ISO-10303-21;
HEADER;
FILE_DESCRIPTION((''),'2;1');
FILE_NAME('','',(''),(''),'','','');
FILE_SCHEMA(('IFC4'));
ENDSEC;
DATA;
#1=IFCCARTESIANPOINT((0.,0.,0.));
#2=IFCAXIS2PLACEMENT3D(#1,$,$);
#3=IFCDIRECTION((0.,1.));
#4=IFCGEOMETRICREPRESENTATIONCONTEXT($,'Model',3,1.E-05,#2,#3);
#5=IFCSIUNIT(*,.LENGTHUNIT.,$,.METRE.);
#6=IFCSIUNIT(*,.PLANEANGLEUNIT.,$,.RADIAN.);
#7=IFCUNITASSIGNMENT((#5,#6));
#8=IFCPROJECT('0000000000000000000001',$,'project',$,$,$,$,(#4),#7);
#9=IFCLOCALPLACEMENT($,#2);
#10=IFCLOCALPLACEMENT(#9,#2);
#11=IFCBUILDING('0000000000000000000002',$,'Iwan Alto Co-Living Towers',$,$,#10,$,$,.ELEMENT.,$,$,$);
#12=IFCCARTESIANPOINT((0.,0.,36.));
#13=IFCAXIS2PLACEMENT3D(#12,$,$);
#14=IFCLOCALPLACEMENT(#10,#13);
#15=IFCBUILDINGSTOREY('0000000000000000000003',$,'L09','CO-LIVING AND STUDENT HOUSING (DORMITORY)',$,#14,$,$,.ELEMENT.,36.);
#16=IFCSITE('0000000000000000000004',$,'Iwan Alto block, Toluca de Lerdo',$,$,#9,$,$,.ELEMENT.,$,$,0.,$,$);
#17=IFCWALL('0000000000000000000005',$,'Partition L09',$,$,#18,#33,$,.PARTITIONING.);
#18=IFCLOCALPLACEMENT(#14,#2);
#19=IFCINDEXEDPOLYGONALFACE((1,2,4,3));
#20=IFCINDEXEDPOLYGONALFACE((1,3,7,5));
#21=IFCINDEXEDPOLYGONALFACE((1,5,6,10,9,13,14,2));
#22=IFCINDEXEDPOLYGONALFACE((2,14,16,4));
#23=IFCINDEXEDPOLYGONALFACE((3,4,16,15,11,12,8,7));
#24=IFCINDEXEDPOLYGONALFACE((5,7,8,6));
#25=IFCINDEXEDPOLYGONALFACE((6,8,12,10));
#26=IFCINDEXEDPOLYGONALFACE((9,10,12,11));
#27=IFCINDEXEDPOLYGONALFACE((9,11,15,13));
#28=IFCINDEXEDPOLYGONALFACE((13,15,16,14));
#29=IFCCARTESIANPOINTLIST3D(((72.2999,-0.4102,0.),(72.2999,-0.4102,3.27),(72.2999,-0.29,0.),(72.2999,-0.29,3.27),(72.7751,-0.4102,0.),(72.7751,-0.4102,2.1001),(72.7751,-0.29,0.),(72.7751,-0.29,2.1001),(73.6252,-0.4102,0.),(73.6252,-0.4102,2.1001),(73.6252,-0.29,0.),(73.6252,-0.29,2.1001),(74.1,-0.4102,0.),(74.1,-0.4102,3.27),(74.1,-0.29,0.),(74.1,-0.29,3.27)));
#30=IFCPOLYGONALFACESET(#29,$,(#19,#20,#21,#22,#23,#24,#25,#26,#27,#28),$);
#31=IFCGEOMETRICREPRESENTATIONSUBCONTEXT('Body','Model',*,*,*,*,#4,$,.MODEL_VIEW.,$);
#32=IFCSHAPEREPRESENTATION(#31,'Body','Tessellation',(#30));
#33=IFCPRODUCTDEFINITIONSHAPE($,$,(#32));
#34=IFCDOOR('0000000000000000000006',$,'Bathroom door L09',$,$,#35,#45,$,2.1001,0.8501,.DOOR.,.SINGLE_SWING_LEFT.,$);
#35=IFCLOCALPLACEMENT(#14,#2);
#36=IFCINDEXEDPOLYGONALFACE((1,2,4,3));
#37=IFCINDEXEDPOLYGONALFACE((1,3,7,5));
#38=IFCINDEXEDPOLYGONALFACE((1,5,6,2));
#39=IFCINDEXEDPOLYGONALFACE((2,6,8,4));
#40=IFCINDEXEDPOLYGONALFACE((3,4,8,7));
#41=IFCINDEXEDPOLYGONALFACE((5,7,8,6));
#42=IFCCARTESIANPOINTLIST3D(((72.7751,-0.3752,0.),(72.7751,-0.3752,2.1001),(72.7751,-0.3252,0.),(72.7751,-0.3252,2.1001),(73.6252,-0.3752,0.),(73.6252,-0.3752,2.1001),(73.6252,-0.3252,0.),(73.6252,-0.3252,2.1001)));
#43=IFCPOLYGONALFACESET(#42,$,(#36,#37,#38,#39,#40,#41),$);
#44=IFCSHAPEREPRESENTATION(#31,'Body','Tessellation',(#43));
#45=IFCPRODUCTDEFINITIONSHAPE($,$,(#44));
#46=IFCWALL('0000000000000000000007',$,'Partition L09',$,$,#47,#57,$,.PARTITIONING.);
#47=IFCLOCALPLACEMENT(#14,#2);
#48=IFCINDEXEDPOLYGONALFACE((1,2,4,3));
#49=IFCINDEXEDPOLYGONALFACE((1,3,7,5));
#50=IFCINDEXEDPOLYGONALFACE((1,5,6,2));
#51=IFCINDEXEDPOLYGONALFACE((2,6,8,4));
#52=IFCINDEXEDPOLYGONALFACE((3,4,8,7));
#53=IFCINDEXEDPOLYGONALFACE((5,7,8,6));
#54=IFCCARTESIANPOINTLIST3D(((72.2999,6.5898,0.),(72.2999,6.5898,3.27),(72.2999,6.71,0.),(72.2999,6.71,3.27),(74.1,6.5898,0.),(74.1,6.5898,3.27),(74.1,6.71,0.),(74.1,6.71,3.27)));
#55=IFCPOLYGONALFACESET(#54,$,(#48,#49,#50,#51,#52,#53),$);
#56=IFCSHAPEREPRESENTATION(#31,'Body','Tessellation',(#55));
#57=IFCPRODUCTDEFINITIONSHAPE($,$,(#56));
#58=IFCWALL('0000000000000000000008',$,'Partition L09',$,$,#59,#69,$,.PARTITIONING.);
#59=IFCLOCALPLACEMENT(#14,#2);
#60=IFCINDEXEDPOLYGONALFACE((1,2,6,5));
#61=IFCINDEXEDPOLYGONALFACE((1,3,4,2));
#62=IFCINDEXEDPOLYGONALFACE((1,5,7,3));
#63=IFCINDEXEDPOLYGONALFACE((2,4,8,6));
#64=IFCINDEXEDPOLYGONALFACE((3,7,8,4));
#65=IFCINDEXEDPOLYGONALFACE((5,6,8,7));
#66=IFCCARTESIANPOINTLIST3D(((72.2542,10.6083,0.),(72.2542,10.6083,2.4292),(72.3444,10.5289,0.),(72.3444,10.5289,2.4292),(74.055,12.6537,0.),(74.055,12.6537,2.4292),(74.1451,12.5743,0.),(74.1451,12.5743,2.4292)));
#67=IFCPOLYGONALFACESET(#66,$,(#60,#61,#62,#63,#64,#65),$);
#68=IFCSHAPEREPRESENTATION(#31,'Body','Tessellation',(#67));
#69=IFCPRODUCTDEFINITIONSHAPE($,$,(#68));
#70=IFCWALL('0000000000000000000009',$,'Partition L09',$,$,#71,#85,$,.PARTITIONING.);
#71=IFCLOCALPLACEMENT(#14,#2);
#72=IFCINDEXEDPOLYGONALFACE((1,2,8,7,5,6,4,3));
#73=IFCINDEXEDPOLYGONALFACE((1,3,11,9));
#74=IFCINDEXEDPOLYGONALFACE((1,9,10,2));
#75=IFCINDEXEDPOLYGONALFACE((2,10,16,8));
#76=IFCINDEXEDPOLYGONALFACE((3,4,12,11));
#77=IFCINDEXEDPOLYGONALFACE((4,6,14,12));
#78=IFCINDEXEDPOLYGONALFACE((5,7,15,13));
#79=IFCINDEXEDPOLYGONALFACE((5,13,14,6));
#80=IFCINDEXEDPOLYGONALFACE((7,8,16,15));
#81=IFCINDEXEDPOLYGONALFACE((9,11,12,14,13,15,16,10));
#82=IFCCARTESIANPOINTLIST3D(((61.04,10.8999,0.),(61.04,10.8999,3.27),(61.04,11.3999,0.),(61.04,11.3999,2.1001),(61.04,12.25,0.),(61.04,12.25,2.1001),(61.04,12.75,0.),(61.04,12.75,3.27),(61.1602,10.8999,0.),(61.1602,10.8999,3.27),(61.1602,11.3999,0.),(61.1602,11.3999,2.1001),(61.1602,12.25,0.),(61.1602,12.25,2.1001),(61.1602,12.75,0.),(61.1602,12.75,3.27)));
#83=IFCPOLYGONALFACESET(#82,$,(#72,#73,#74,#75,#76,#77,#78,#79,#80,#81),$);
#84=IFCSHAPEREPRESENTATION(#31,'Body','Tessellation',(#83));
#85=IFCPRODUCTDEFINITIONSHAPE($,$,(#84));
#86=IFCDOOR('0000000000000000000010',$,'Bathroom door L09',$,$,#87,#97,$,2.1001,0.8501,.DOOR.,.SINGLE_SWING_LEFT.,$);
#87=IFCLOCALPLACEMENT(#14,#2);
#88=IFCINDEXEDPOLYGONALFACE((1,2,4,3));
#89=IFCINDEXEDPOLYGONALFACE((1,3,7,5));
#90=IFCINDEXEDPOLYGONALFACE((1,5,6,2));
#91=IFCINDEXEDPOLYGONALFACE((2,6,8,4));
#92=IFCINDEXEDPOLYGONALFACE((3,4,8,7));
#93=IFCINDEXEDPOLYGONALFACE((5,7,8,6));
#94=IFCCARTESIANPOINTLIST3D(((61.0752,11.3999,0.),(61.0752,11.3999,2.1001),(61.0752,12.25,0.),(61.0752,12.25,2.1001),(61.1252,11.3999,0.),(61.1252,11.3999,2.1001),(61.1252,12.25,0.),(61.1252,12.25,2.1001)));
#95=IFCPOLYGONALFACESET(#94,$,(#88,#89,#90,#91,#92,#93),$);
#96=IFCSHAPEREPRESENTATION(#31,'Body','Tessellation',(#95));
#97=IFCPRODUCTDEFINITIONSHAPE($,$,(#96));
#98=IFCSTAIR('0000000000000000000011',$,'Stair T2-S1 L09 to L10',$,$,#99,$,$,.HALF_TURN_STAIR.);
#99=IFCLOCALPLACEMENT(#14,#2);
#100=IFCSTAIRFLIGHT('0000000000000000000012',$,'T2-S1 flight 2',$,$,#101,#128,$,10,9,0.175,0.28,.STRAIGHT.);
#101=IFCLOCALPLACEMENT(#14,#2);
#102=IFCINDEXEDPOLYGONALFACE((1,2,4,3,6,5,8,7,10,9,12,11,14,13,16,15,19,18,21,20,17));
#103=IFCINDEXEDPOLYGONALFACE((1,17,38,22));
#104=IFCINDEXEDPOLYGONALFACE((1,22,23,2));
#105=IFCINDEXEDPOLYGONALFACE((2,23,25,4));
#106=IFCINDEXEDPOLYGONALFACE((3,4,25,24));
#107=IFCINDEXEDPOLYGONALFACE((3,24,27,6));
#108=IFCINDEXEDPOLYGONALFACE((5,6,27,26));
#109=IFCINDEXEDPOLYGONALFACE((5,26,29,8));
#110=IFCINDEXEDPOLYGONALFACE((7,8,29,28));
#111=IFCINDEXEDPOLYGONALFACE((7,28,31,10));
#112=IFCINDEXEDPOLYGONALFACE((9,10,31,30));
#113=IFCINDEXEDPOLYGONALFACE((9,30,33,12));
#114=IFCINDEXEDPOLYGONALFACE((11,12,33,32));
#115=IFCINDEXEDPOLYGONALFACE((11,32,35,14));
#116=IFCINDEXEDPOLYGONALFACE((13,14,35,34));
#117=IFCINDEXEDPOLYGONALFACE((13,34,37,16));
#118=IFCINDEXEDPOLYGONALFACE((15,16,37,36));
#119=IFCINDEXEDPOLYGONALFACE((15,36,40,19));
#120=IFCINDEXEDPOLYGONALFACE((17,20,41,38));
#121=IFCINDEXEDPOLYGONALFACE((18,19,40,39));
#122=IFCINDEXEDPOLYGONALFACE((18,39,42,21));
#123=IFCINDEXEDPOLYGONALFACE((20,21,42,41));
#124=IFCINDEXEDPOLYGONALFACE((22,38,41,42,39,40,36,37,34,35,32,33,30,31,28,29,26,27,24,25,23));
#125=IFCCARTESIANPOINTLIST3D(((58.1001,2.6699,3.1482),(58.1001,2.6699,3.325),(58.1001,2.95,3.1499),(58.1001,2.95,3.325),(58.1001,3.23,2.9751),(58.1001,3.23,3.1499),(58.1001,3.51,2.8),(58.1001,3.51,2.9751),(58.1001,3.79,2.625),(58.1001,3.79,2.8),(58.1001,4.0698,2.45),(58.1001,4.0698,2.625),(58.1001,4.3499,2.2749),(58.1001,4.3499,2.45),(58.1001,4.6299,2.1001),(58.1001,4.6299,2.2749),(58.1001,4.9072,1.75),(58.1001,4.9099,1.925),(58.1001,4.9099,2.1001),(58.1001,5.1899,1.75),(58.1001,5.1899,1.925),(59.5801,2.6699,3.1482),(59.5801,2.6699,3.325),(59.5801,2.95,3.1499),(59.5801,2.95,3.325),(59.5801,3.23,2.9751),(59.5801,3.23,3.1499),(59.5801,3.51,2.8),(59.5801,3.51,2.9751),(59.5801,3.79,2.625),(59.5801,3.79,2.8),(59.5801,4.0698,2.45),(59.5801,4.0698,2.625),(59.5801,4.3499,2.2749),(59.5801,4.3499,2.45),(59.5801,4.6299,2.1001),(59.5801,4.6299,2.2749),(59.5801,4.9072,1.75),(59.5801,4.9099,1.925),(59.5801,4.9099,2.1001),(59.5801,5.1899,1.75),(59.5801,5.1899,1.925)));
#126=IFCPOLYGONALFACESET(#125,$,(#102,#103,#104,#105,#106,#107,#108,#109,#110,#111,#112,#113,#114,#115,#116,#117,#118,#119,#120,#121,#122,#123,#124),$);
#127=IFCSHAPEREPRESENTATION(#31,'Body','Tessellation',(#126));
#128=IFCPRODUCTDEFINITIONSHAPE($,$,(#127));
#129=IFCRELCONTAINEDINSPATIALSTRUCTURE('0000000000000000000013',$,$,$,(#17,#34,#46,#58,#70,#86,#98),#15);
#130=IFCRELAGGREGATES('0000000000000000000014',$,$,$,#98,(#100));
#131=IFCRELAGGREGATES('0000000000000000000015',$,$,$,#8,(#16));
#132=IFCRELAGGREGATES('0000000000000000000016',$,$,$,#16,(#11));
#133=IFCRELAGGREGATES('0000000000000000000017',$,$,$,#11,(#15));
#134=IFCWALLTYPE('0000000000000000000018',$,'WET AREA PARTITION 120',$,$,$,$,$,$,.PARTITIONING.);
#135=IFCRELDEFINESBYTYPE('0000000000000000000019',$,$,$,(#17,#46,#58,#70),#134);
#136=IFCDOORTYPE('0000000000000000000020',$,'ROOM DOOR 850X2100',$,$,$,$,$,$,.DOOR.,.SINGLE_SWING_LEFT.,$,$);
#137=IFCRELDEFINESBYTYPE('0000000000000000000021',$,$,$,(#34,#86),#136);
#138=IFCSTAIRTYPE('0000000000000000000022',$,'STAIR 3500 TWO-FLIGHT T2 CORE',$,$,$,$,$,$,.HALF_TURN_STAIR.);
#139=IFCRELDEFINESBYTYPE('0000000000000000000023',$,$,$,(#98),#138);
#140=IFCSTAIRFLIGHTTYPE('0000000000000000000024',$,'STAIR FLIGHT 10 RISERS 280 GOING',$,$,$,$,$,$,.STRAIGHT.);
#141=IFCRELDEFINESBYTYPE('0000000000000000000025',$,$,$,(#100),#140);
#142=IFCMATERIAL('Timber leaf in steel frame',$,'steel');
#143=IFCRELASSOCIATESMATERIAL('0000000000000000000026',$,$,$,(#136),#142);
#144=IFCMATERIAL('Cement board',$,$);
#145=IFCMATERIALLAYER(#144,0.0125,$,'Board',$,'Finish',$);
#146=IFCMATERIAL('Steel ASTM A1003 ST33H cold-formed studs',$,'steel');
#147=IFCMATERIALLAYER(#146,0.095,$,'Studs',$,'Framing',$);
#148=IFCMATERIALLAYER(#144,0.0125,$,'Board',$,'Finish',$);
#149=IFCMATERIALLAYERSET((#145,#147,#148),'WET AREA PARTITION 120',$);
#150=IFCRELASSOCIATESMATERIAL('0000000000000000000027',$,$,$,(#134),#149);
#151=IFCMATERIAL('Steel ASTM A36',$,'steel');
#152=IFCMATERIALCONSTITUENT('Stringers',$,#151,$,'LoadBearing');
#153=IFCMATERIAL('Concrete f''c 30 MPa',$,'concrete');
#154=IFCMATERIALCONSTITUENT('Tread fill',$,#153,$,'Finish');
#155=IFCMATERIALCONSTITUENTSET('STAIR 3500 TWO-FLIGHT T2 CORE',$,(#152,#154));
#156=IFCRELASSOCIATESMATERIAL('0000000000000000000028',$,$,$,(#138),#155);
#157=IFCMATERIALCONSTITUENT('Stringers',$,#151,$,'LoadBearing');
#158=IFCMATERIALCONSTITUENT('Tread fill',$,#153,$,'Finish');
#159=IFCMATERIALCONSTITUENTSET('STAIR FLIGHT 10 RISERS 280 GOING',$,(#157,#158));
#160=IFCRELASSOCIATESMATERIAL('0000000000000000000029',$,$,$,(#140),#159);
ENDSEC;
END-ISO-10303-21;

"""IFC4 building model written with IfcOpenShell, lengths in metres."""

from ifc_helpers import new_model, si_unit, direction, frame, frame_2d, origin, place, context, subcontext, project, spatial, polyline, rectangle, outline, extrude, material, layer, layer_set, constituent, constituent_set, type_object, element, fill, aggregate, save


model = new_model("IFC4")

# Units and contexts
model_context = context("Model", 3, precision=1e-05, world=origin(), true_north=direction((0.0, 1.0)))
body_context = subcontext(model_context, "Body", "Model", "MODEL_VIEW")
ifc_project = project(units=[si_unit("LENGTHUNIT", "METRE"), si_unit("PLANEANGLEUNIT", "RADIAN")], contexts=[model_context])

# Site, building, storey
site_placement = place(None, origin())
site = spatial("IfcSite", under=ifc_project, at=site_placement, Name="Iwan Alto block, Toluca de Lerdo", CompositionType="ELEMENT", RefElevation=0.0)
building_placement = place(site_placement, origin())
building = spatial("IfcBuilding", under=site, at=building_placement, Name="Iwan Alto Co-Living Towers", CompositionType="ELEMENT")
storey_placement = place(building_placement, frame((0.0, 0.0, 36.0)))
storey = spatial("IfcBuildingStorey", under=building, at=storey_placement, Name="L09", Description="CO-LIVING AND STUDENT HOUSING (DORMITORY)", CompositionType="ELEMENT", Elevation=36.0)

# Shared definitions
ifc_material_1 = material(Name="Steel ASTM A1003 ST33H cold-formed studs", Category="steel")
ifc_material_2 = material(Name="Timber leaf in steel frame", Category="steel")
door_type_1 = type_object("IfcDoorType", Name="ROOM DOOR 850X2100", OperationType="SINGLE_SWING_LEFT", PredefinedType="DOOR", material=ifc_material_2)

# Wall, opening, door
ifc_material_3 = material(Name="Cement board")
ifc_layer_1 = layer(ifc_material_3, 0.0125, Name="Board", Category="Finish")
ifc_layer_2 = layer(ifc_material_1, 0.095, Name="Studs", Category="Framing")
ifc_layer_3 = layer(ifc_material_3, 0.0125, Name="Board", Category="Finish")
ifc_layer_set_1 = layer_set([ifc_layer_1, ifc_layer_2, ifc_layer_3], Name="WET AREA PARTITION 120")
wall_type_1 = type_object("IfcWallType", Name="WET AREA PARTITION 120", PredefinedType="PARTITIONING", material=ifc_layer_set_1)
wall_1_placement = place(storey_placement, frame((72.3, -0.3501, 0.0), z_axis=(0.0, 0.0, 1.0), x_axis=(1.0, 0.0, 0.0)))
wall_1 = element("IfcWall", 1, at=wall_1_placement, inside=storey, type_object=wall_type_1, Name="Partition L09", PredefinedType="PARTITIONING", context=body_context, shape_type="SweptSolid", body=[
    extrude(rectangle(XDim=1.8, YDim=0.1201, at=frame_2d((0.8999, 0.0))), origin(), (0.0, 0.0, 1.0), 3.27),
])
opening_1_placement = place(wall_1_placement, frame((0.4751, 0.0, 0.0)))
opening_1 = element("IfcOpeningElement", 2, at=opening_1_placement, cuts=wall_1, PredefinedType="OPENING", context=body_context, shape_type="SweptSolid", body=[
    extrude(rectangle(XDim=0.8501, YDim=2.1001, at=frame_2d((0.425, 1.05))), frame((0.0, 0.0701, 0.0), z_axis=(0.0, -1.0, 0.0), x_axis=(1.0, 0.0, 0.0)), (0.0, 0.0, 1.0), 0.1401),
])
door_1_placement = place(opening_1_placement, origin())
door_1 = element("IfcDoor", 3, at=door_1_placement, inside=storey, type_object=door_type_1, Name="Bathroom door L09", OperationType="SINGLE_SWING_LEFT", OverallHeight=2.1001, OverallWidth=0.8501, PredefinedType="DOOR", context=body_context, shape_type="SweptSolid", body=[
    extrude(rectangle(XDim=0.8501, YDim=2.1001, at=frame_2d((0.425, 1.05))), frame((0.0, 0.0249, 0.0), z_axis=(0.0, -1.0, 0.0), x_axis=(1.0, 0.0, 0.0)), (0.0, 0.0, 1.0), 0.05),
])
fill(opening_1, door_1)

# Walls
wall_2_placement = place(storey_placement, frame((72.3, 6.6499, 0.0), z_axis=(0.0, 0.0, 1.0), x_axis=(1.0, 0.0, 0.0)))
element("IfcWall", 4, at=wall_2_placement, inside=storey, type_object=wall_type_1, Name="Partition L09", PredefinedType="PARTITIONING", context=body_context, shape_type="SweptSolid", body=[
    extrude(rectangle(XDim=1.8, YDim=0.1201, at=frame_2d((0.8999, 0.0))), origin(), (0.0, 0.0, 1.0), 3.27),
])
wall_3_placement = place(storey_placement, frame((72.2993, 10.5686, 0.0), z_axis=(0.0, 0.0, 1.0), x_axis=(0.660798, 0.750564, 0.0)))
element("IfcWall", 5, at=wall_3_placement, inside=storey, type_object=wall_type_1, Name="Partition L09", PredefinedType="PARTITIONING", context=body_context, shape_type="SweptSolid", body=[
    extrude(rectangle(XDim=2.7251, YDim=0.1201, at=frame_2d((1.3625, 0.0))), origin(), (0.0, 0.0, 1.0), 2.4292),
])

# Wall, opening, door
wall_4_placement = place(storey_placement, frame((61.1001, 10.8999, 0.0), z_axis=(0.0, 0.0, 1.0), x_axis=(0.0, 1.0, 0.0)))
wall_4 = element("IfcWall", 6, at=wall_4_placement, inside=storey, type_object=wall_type_1, Name="Partition L09", PredefinedType="PARTITIONING", context=body_context, shape_type="SweptSolid", body=[
    extrude(rectangle(XDim=1.8501, YDim=0.1201, at=frame_2d((0.925, 0.0))), origin(), (0.0, 0.0, 1.0), 3.27),
])
opening_2_placement = place(wall_4_placement, frame((0.5, 0.0, 0.0)))
opening_2 = element("IfcOpeningElement", 7, at=opening_2_placement, cuts=wall_4, PredefinedType="OPENING", context=body_context, shape_type="SweptSolid", body=[
    extrude(rectangle(XDim=0.8501, YDim=2.1001, at=frame_2d((0.425, 1.05))), frame((0.0, 0.0701, 0.0), z_axis=(0.0, -1.0, 0.0), x_axis=(1.0, 0.0, 0.0)), (0.0, 0.0, 1.0), 0.1401),
])
door_2_placement = place(opening_2_placement, origin())
door_2 = element("IfcDoor", 8, at=door_2_placement, inside=storey, type_object=door_type_1, Name="Bathroom door L09", OperationType="SINGLE_SWING_LEFT", OverallHeight=2.1001, OverallWidth=0.8501, PredefinedType="DOOR", context=body_context, shape_type="SweptSolid", body=[
    extrude(rectangle(XDim=0.8501, YDim=2.1001, at=frame_2d((0.425, 1.05))), frame((0.0, 0.0249, 0.0), z_axis=(0.0, -1.0, 0.0), x_axis=(1.0, 0.0, 0.0)), (0.0, 0.0, 1.0), 0.05),
])
fill(opening_2, door_2)

# Stair, stair flight
ifc_material_4 = material(Name="Steel ASTM A36", Category="steel")
ifc_constituent_1 = constituent(ifc_material_4, Name="Stringers", Category="LoadBearing")
ifc_material_5 = material(Name="Concrete f'c 30 MPa", Category="concrete")
ifc_constituent_2 = constituent(ifc_material_5, Name="Tread fill", Category="Finish")
ifc_constituent_set_1 = constituent_set(constituents=[ifc_constituent_1, ifc_constituent_2], Name="STAIR 3500 TWO-FLIGHT T2 CORE")
stair_type = type_object("IfcStairType", Name="STAIR 3500 TWO-FLIGHT T2 CORE", PredefinedType="HALF_TURN_STAIR", material=ifc_constituent_set_1)
stair_placement = place(storey_placement, origin())
stair = element("IfcStair", 9, at=stair_placement, inside=storey, type_object=stair_type, Name="Stair T2-S1 L09 to L10", PredefinedType="HALF_TURN_STAIR")
ifc_constituent_3 = constituent(ifc_material_4, Name="Stringers", Category="LoadBearing")
ifc_constituent_4 = constituent(ifc_material_5, Name="Tread fill", Category="Finish")
ifc_constituent_set_2 = constituent_set(constituents=[ifc_constituent_3, ifc_constituent_4], Name="STAIR FLIGHT 10 RISERS 280 GOING")
stair_flight_type = type_object("IfcStairFlightType", Name="STAIR FLIGHT 10 RISERS 280 GOING", PredefinedType="STRAIGHT", material=ifc_constituent_set_2)
stair_flight_placement = place(storey_placement, frame((58.8401, 5.1899, 1.75), z_axis=(0.0, 0.0, 1.0), x_axis=(0.0, -1.0, 0.0)))
stair_flight = element("IfcStairFlight", 10, at=stair_flight_placement, type_object=stair_flight_type, Name="T2-S1 flight 2", NumberOfRisers=10, NumberOfTreads=9, PredefinedType="STRAIGHT", RiserHeight=0.175, TreadLength=0.28, context=body_context, shape_type="SweptSolid", body=[
    extrude(outline(polyline([(0.0, 0.0), (0.0, 0.175), (0.28, 0.175), (0.28, 0.3501), (0.5601, 0.3501), (0.5601, 0.5249), (0.8401, 0.5249), (0.8401, 0.7), (1.1201, 0.7), (1.1201, 0.875), (1.3999, 0.875), (1.3999, 1.05), (1.6799, 1.05), (1.6799, 1.2251), (1.96, 1.2251), (1.96, 1.3999), (2.24, 1.3999), (2.24, 1.575), (2.52, 1.575), (2.52, 1.75), (2.52, 1.3982), (0.2827, 0.0), (0.0, 0.0)])), frame((0.0, 0.74, 0.0), z_axis=(0.0, -1.0, 0.0), x_axis=(1.0, 0.0, 0.0)), (0.0, 0.0, 1.0), 1.48),
])
aggregate(stair, [stair_flight])

save(model, "model.ifc")
